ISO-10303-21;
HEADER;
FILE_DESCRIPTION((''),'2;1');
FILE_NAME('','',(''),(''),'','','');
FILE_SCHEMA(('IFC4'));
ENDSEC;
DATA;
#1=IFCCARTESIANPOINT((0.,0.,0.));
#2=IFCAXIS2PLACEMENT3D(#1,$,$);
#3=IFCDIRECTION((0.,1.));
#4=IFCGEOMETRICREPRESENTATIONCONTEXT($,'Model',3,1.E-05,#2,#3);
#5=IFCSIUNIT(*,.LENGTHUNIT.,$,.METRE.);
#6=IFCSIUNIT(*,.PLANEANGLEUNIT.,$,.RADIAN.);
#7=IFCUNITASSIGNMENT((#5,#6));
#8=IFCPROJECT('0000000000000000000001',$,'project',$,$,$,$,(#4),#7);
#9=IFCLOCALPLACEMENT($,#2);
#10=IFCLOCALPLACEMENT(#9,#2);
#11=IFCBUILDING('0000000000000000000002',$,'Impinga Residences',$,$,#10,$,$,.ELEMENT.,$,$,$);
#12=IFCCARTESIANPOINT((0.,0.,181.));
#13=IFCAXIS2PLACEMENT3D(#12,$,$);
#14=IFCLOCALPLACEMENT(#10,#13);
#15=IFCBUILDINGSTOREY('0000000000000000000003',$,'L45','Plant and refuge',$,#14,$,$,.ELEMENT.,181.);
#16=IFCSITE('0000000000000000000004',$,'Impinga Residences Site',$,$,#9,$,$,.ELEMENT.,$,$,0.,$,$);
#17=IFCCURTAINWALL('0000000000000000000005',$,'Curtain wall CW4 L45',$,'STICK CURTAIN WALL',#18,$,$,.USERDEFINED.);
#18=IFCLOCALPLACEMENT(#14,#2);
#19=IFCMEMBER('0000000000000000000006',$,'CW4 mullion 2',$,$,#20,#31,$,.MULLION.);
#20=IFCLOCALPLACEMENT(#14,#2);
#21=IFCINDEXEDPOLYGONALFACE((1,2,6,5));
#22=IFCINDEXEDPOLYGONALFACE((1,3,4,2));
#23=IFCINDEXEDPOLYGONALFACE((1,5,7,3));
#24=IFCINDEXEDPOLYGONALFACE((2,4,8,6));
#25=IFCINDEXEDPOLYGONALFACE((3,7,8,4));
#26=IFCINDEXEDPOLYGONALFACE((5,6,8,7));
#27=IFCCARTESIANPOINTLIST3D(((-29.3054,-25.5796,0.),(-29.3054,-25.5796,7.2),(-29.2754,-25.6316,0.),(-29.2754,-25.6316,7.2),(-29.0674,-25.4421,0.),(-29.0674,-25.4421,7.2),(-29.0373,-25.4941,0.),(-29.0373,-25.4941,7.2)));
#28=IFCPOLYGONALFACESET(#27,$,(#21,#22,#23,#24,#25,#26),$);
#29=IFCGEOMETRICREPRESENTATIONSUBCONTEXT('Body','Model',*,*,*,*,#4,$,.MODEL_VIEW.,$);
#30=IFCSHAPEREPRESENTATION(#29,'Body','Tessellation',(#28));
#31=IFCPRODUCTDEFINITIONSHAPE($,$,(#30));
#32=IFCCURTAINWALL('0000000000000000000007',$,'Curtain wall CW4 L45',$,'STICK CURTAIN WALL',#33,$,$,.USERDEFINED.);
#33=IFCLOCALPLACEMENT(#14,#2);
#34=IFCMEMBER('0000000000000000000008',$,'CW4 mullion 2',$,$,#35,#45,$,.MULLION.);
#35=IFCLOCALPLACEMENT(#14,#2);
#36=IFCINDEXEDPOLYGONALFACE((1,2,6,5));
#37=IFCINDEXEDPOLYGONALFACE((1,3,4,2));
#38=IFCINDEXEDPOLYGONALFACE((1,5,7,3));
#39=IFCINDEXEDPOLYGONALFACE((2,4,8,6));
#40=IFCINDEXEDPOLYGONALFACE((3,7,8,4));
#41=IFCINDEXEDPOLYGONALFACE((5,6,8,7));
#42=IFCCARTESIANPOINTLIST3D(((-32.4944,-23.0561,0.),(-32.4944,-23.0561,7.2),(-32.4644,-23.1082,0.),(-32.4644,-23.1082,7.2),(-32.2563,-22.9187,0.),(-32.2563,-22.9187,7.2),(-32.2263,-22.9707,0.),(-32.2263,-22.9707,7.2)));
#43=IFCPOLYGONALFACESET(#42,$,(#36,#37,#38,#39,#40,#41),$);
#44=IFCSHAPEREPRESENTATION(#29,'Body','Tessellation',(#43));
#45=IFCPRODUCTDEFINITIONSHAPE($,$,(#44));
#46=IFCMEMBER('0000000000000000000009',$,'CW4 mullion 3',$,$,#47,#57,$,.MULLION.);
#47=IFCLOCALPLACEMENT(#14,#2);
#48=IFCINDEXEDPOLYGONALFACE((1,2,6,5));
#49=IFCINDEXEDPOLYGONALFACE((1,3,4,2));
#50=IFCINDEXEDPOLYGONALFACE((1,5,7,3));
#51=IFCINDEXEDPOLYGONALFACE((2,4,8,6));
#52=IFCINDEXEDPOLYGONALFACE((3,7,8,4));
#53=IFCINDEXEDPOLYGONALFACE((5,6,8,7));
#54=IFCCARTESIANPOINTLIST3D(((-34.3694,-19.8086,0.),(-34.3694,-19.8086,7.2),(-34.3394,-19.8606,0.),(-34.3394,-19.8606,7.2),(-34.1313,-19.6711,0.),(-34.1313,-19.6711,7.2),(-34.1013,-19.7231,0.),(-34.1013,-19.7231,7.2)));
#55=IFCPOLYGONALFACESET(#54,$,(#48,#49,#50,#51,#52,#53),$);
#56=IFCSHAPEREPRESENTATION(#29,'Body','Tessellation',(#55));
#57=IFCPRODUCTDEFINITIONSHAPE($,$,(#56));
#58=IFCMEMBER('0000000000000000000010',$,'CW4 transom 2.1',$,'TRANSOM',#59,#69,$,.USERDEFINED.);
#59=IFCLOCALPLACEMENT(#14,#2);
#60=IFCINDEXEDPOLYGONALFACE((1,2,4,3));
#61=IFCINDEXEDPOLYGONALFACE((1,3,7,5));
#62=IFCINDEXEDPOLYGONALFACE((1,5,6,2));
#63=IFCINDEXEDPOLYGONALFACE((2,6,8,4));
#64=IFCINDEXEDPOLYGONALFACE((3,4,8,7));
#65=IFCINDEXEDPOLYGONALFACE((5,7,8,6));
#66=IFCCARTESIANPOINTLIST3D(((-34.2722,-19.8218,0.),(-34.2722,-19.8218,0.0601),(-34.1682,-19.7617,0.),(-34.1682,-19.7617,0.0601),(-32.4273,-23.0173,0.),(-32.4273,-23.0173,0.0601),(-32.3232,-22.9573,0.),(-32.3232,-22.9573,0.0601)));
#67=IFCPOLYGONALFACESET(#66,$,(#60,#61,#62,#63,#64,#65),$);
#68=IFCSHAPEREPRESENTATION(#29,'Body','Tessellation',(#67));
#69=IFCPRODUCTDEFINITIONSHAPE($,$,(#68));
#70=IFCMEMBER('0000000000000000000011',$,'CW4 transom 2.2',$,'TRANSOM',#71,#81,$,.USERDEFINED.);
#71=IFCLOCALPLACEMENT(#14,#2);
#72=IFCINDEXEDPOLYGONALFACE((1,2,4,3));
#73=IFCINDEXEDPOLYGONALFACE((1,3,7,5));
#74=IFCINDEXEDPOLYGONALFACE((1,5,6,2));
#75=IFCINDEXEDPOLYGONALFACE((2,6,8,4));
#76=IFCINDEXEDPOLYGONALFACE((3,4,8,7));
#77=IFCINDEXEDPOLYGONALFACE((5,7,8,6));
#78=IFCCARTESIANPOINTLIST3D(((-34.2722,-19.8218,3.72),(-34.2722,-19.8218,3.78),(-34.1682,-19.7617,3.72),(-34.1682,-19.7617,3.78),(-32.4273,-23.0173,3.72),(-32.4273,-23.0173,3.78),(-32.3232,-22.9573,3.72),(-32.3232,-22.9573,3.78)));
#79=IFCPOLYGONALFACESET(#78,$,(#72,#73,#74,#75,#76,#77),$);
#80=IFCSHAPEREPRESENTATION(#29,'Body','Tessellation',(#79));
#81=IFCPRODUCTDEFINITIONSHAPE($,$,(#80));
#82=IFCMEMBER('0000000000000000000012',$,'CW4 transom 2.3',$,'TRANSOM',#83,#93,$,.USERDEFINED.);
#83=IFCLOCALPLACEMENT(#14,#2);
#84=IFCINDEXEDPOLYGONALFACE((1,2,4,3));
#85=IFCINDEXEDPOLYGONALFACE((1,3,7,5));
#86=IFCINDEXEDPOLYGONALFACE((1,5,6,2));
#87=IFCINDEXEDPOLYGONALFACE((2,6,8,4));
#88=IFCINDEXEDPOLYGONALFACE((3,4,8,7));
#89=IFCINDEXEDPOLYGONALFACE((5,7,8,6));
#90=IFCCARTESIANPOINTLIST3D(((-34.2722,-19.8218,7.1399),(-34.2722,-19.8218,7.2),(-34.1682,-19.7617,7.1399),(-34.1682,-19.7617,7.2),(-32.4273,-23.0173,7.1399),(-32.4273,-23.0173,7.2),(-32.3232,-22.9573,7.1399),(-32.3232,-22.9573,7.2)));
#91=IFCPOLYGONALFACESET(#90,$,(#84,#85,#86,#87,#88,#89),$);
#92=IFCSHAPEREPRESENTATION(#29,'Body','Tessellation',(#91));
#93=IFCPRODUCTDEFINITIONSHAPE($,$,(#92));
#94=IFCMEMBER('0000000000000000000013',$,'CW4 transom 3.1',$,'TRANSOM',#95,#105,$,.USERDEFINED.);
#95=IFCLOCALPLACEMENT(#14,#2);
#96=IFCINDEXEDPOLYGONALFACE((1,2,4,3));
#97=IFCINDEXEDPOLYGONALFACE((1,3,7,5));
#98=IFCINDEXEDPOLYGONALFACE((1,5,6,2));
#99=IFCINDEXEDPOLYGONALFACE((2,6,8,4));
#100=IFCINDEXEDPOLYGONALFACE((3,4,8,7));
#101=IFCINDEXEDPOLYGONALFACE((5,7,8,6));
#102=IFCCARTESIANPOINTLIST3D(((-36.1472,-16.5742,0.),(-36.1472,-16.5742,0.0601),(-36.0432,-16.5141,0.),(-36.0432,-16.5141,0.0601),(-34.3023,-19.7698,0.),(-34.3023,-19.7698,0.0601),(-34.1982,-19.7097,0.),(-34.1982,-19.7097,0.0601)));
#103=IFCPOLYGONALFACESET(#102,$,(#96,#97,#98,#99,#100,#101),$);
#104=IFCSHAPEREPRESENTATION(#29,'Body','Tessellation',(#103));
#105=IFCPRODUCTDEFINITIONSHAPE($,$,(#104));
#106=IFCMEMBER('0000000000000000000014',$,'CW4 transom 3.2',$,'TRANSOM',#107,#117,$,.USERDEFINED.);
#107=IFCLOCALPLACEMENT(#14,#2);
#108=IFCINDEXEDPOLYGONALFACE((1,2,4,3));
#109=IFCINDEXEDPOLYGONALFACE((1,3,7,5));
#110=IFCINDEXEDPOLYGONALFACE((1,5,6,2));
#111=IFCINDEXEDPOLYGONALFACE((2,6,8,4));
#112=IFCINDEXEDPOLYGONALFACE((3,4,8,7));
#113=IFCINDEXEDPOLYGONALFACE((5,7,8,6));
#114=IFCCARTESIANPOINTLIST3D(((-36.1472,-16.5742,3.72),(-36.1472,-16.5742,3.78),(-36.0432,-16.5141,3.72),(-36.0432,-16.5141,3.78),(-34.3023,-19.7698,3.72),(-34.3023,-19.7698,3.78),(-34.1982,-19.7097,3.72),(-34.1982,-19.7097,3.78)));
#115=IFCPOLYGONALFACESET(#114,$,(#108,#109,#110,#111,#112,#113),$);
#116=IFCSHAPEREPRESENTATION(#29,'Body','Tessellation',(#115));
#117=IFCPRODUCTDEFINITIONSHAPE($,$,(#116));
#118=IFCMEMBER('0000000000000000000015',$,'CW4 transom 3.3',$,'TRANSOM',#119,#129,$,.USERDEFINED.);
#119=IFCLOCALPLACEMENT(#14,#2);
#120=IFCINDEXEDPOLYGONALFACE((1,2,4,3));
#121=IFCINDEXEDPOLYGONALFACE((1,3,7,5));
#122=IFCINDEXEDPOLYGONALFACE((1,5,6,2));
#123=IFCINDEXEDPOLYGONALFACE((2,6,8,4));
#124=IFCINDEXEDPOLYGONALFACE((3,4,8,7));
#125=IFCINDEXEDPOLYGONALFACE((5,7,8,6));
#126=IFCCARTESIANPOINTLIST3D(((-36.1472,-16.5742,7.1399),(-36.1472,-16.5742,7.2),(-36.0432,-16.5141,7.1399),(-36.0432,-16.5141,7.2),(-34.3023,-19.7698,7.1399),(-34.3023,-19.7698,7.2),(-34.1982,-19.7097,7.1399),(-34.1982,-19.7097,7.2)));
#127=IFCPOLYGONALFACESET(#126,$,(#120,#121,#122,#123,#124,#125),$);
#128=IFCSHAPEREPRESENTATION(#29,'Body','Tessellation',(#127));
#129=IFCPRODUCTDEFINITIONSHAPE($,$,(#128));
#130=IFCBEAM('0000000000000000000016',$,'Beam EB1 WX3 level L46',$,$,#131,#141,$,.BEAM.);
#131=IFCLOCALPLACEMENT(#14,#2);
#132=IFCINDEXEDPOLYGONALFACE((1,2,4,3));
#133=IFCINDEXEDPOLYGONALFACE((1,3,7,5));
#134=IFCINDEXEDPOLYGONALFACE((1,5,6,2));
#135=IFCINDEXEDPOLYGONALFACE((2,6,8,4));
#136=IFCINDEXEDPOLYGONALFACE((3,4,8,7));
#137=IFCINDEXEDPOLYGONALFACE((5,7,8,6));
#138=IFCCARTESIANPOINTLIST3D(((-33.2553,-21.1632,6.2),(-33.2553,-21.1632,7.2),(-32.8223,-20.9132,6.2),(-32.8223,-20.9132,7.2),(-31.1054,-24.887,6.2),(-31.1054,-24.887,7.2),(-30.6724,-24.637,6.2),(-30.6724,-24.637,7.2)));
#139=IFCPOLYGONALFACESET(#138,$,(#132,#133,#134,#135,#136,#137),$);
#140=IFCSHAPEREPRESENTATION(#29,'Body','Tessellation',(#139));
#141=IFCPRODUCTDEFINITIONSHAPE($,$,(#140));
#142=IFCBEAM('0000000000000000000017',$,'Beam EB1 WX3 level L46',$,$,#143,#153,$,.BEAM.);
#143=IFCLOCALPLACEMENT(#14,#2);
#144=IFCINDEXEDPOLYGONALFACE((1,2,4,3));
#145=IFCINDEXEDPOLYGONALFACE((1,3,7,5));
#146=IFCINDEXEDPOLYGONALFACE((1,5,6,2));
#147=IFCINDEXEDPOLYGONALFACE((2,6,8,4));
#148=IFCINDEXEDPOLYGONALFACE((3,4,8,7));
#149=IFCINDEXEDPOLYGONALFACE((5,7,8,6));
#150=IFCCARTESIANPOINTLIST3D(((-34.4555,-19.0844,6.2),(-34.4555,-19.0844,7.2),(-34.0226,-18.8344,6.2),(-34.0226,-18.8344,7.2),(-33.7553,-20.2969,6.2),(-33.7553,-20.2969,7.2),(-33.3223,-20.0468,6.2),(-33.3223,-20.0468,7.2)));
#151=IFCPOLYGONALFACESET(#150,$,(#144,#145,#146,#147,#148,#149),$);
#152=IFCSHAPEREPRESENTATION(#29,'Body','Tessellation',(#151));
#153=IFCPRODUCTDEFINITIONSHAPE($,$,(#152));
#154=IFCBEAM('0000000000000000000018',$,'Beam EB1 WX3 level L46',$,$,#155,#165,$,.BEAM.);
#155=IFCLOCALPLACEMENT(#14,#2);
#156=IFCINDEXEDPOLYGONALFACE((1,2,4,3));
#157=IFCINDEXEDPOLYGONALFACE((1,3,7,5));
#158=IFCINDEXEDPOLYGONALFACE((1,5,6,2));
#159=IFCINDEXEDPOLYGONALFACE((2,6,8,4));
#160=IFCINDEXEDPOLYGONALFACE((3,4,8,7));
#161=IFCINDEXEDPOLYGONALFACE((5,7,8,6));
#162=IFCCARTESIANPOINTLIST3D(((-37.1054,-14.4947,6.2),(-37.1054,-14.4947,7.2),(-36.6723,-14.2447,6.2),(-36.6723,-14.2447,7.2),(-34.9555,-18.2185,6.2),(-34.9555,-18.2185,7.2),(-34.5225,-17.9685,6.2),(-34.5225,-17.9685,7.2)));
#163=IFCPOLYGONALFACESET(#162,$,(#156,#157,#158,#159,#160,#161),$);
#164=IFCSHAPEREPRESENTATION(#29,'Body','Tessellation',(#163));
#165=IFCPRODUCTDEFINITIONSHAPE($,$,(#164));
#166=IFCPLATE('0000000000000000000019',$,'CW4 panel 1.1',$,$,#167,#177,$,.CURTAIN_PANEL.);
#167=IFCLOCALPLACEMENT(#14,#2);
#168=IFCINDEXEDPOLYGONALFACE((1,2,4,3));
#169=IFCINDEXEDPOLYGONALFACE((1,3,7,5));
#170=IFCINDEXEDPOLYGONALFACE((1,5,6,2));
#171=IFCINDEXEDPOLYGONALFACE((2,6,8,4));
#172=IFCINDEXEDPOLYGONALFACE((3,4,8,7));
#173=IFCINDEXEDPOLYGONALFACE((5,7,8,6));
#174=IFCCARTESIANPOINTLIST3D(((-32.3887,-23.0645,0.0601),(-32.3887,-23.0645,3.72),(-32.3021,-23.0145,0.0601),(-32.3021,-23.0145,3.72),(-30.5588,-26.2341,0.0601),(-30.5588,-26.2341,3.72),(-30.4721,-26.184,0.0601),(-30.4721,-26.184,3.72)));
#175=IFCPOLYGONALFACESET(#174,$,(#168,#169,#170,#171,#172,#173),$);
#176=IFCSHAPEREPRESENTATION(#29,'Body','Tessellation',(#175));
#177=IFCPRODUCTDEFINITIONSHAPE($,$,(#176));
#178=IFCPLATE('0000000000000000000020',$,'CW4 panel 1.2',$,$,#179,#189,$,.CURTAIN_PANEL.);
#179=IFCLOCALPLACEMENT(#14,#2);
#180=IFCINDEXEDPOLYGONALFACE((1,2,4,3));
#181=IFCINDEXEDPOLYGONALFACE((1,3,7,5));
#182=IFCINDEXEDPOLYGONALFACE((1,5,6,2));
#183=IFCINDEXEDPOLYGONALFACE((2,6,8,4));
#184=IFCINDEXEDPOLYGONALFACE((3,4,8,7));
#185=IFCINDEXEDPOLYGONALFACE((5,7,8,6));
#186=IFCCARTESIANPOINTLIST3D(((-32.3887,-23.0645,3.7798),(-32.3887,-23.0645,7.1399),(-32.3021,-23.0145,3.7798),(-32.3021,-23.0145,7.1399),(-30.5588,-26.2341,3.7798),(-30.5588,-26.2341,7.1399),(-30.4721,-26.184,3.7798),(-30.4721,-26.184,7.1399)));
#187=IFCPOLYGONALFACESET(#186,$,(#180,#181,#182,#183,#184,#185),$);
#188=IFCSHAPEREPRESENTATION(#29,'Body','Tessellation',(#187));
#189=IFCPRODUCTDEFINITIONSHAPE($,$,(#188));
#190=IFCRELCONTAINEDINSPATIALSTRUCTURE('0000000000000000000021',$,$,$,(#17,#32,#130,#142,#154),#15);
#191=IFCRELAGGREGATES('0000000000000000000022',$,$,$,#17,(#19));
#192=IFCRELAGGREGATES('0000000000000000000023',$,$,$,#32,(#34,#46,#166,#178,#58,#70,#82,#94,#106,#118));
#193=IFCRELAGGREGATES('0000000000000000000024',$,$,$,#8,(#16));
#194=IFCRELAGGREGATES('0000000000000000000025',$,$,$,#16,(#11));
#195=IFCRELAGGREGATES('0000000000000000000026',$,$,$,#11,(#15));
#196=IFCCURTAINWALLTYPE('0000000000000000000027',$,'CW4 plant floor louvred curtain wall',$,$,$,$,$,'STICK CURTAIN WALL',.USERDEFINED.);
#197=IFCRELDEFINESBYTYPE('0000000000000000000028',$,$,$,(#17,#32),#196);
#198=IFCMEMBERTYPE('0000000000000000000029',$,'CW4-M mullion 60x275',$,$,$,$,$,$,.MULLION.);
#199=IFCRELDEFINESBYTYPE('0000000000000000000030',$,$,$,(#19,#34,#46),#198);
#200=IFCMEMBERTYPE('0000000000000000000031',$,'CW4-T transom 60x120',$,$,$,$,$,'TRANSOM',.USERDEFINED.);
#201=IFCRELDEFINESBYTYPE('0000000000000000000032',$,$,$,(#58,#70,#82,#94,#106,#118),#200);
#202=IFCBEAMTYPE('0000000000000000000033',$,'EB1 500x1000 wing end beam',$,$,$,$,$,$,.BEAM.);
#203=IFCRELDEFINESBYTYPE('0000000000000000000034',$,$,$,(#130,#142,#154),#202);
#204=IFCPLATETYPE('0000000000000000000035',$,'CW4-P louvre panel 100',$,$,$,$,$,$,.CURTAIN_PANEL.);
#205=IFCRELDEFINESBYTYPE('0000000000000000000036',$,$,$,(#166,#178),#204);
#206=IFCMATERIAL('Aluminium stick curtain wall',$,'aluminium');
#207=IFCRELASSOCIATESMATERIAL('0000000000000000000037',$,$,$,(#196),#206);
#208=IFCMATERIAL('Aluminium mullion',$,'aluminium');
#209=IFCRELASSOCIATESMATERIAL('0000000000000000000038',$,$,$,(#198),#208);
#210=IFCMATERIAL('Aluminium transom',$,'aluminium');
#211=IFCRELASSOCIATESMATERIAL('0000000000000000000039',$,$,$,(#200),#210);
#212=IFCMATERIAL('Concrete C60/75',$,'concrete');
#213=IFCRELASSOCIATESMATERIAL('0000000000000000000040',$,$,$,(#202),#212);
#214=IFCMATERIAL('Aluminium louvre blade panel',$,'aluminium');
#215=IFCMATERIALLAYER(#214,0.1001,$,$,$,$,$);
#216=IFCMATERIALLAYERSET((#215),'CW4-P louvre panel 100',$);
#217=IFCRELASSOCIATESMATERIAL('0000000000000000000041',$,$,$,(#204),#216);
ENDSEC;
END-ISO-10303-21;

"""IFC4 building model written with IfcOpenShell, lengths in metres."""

from ifc_helpers import new_model, si_unit, direction, frame, origin, origin_2d, place, context, subcontext, project, spatial, rectangle, extrude, material, layer, layer_set, material_profile, profile_set, type_object, element, aggregate, save


model = new_model("IFC4")

# Units and contexts
model_context = context("Model", 3, precision=1e-05, world=origin(), true_north=direction((0.0, 1.0)))
body_context = subcontext(model_context, "Body", "Model", "MODEL_VIEW")
ifc_project = project(units=[si_unit("LENGTHUNIT", "METRE"), si_unit("PLANEANGLEUNIT", "RADIAN")], contexts=[model_context])

# Site, building, storey
site_placement = place(None, origin())
site = spatial("IfcSite", under=ifc_project, at=site_placement, Name="Impinga Residences Site", CompositionType="ELEMENT", RefElevation=0.0)
building_placement = place(site_placement, origin())
building = spatial("IfcBuilding", under=site, at=building_placement, Name="Impinga Residences", CompositionType="ELEMENT")
storey_placement = place(building_placement, frame((0.0, 0.0, 181.0)))
storey = spatial("IfcBuildingStorey", under=building, at=storey_placement, Name="L45", Description="Plant and refuge", CompositionType="ELEMENT", Elevation=181.0)

# Curtain wall, member
ifc_material_1 = material(Name="Aluminium stick curtain wall", Category="aluminium")
curtain_wall_type = type_object("IfcCurtainWallType", Name="CW4 plant floor louvred curtain wall", ElementType="STICK CURTAIN WALL", PredefinedType="USERDEFINED", material=ifc_material_1)
curtain_wall_1_placement = place(storey_placement, origin())
curtain_wall_1 = element("IfcCurtainWall", 1, at=curtain_wall_1_placement, inside=storey, type_object=curtain_wall_type, Name="Curtain wall CW4 L45", ObjectType="STICK CURTAIN WALL", PredefinedType="USERDEFINED")
ifc_material_2 = material(Name="Aluminium mullion", Category="aluminium")
ifc_material_profile_1 = material_profile(ifc_material_2, rectangle(XDim=0.0601, YDim=0.2749, at=origin_2d()), Name="60x275 mullion")
ifc_profile_set_1 = profile_set([ifc_material_profile_1], Name="Aluminium mullion")
member_type_1 = type_object("IfcMemberType", Name="CW4-M mullion 60x275", PredefinedType="MULLION", material=ifc_profile_set_1)
member_1_placement = place(storey_placement, frame((-29.1714, -25.5369, 0.0), z_axis=(0.0, 0.0, 1.0), x_axis=(-0.5, 0.866025, 0.0)))
member_1 = element("IfcMember", 2, at=member_1_placement, type_object=member_type_1, Name="CW4 mullion 2", PredefinedType="MULLION", context=body_context, shape_type="SweptSolid", body=[
    extrude(rectangle(XDim=0.0601, YDim=0.2749, at=origin_2d()), origin(), (0.0, 0.0, 1.0), 7.2),
])
aggregate(curtain_wall_1, [member_1])

# Curtain wall, members
curtain_wall_2_placement = place(storey_placement, origin())
curtain_wall_2 = element("IfcCurtainWall", 3, at=curtain_wall_2_placement, inside=storey, type_object=curtain_wall_type, Name="Curtain wall CW4 L45", ObjectType="STICK CURTAIN WALL", PredefinedType="USERDEFINED")
member_2_placement = place(storey_placement, frame((-32.3604, -23.0134, 0.0), z_axis=(0.0, 0.0, 1.0), x_axis=(-0.5, 0.866025, 0.0)))
member_2 = element("IfcMember", 4, at=member_2_placement, type_object=member_type_1, Name="CW4 mullion 2", PredefinedType="MULLION", context=body_context, shape_type="SweptSolid", body=[
    extrude(rectangle(XDim=0.0601, YDim=0.2749, at=origin_2d()), origin(), (0.0, 0.0, 1.0), 7.2),
])
member_3_placement = place(storey_placement, frame((-34.2354, -19.7659, 0.0), z_axis=(0.0, 0.0, 1.0), x_axis=(-0.5, 0.866025, 0.0)))
member_3 = element("IfcMember", 5, at=member_3_placement, type_object=member_type_1, Name="CW4 mullion 3", PredefinedType="MULLION", context=body_context, shape_type="SweptSolid", body=[
    extrude(rectangle(XDim=0.0601, YDim=0.2749, at=origin_2d()), origin(), (0.0, 0.0, 1.0), 7.2),
])
ifc_material_3 = material(Name="Aluminium transom", Category="aluminium")
ifc_material_profile_2 = material_profile(ifc_material_3, rectangle(XDim=0.0601, YDim=0.1201, at=origin_2d()), Name="60x120 transom")
ifc_profile_set_2 = profile_set([ifc_material_profile_2], Name="Aluminium transom")
member_type_2 = type_object("IfcMemberType", Name="CW4-T transom 60x120", ElementType="TRANSOM", PredefinedType="USERDEFINED", material=ifc_profile_set_2)
member_4_placement = place(storey_placement, frame((-32.3752, -22.9873, 0.03), z_axis=(-0.500003, 0.866024, 0.0), x_axis=(0.0, 0.0, 1.0)))
member_4 = element("IfcMember", 6, at=member_4_placement, type_object=member_type_2, Name="CW4 transom 2.1", ObjectType="TRANSOM", PredefinedType="USERDEFINED", context=body_context, shape_type="SweptSolid", body=[
    extrude(rectangle(XDim=0.0601, YDim=0.1201, at=origin_2d()), origin(), (0.0, 0.0, 1.0), 3.6899),
])
member_5_placement = place(storey_placement, frame((-32.3752, -22.9873, 3.75), z_axis=(-0.500003, 0.866024, 0.0), x_axis=(0.0, 0.0, 1.0)))
member_5 = element("IfcMember", 7, at=member_5_placement, type_object=member_type_2, Name="CW4 transom 2.2", ObjectType="TRANSOM", PredefinedType="USERDEFINED", context=body_context, shape_type="SweptSolid", body=[
    extrude(rectangle(XDim=0.0601, YDim=0.1201, at=origin_2d()), origin(), (0.0, 0.0, 1.0), 3.6899),
])
member_6_placement = place(storey_placement, frame((-32.3752, -22.9873, 7.1699), z_axis=(-0.500003, 0.866024, 0.0), x_axis=(0.0, 0.0, 1.0)))
member_6 = element("IfcMember", 8, at=member_6_placement, type_object=member_type_2, Name="CW4 transom 2.3", ObjectType="TRANSOM", PredefinedType="USERDEFINED", context=body_context, shape_type="SweptSolid", body=[
    extrude(rectangle(XDim=0.0601, YDim=0.1201, at=origin_2d()), origin(), (0.0, 0.0, 1.0), 3.6899),
])
member_7_placement = place(storey_placement, frame((-34.2502, -19.7397, 0.03), z_axis=(-0.500003, 0.866024, 0.0), x_axis=(0.0, 0.0, 1.0)))
member_7 = element("IfcMember", 9, at=member_7_placement, type_object=member_type_2, Name="CW4 transom 3.1", ObjectType="TRANSOM", PredefinedType="USERDEFINED", context=body_context, shape_type="SweptSolid", body=[
    extrude(rectangle(XDim=0.0601, YDim=0.1201, at=origin_2d()), origin(), (0.0, 0.0, 1.0), 3.6899),
])
member_8_placement = place(storey_placement, frame((-34.2502, -19.7397, 3.75), z_axis=(-0.500003, 0.866024, 0.0), x_axis=(0.0, 0.0, 1.0)))
member_8 = element("IfcMember", 10, at=member_8_placement, type_object=member_type_2, Name="CW4 transom 3.2", ObjectType="TRANSOM", PredefinedType="USERDEFINED", context=body_context, shape_type="SweptSolid", body=[
    extrude(rectangle(XDim=0.0601, YDim=0.1201, at=origin_2d()), origin(), (0.0, 0.0, 1.0), 3.6899),
])
member_9_placement = place(storey_placement, frame((-34.2502, -19.7397, 7.1699), z_axis=(-0.500003, 0.866024, 0.0), x_axis=(0.0, 0.0, 1.0)))
member_9 = element("IfcMember", 11, at=member_9_placement, type_object=member_type_2, Name="CW4 transom 3.3", ObjectType="TRANSOM", PredefinedType="USERDEFINED", context=body_context, shape_type="SweptSolid", body=[
    extrude(rectangle(XDim=0.0601, YDim=0.1201, at=origin_2d()), origin(), (0.0, 0.0, 1.0), 3.6899),
])

# Beams
ifc_material_4 = material(Name="Concrete C60/75", Category="concrete")
ifc_material_profile_3 = material_profile(ifc_material_4, rectangle(XDim=0.5, YDim=1.0, at=origin_2d()), Name="RC 500x1000")
ifc_profile_set_3 = profile_set([ifc_material_profile_3], Name="Concrete C60/75")
beam_type = type_object("IfcBeamType", Name="EB1 500x1000 wing end beam", PredefinedType="BEAM", material=ifc_profile_set_3)
beam_1_placement = place(storey_placement, frame((-30.8889, -24.762, 6.7), z_axis=(-0.499986, 0.866033, 0.0), x_axis=(-0.866033, -0.499986, 0.0)))
element("IfcBeam", 12, at=beam_1_placement, inside=storey, type_object=beam_type, Name="Beam EB1 WX3 level L46", PredefinedType="BEAM", context=body_context, shape_type="SweptSolid", body=[
    extrude(rectangle(XDim=0.5, YDim=1.0, at=origin_2d()), origin(), (0.0, 0.0, 1.0), 4.2998),
])
beam_2_placement = place(storey_placement, frame((-33.5388, -20.1719, 6.7), z_axis=(-0.500115, 0.865959, 0.0), x_axis=(-0.865959, -0.500115, 0.0)))
element("IfcBeam", 13, at=beam_2_placement, inside=storey, type_object=beam_type, Name="Beam EB1 WX3 level L46", PredefinedType="BEAM", context=body_context, shape_type="SweptSolid", body=[
    extrude(rectangle(XDim=0.5, YDim=1.0, at=origin_2d()), origin(), (0.0, 0.0, 1.0), 1.4001),
])
beam_3_placement = place(storey_placement, frame((-34.739, -18.0935, 6.7), z_axis=(-0.499986, 0.866033, 0.0), x_axis=(-0.866033, -0.499986, 0.0)))
element("IfcBeam", 14, at=beam_3_placement, inside=storey, type_object=beam_type, Name="Beam EB1 WX3 level L46", PredefinedType="BEAM", context=body_context, shape_type="SweptSolid", body=[
    extrude(rectangle(XDim=0.5, YDim=1.0, at=origin_2d()), origin(), (0.0, 0.0, 1.0), 4.2998),
])

# Plates
ifc_material_5 = material(Name="Aluminium louvre blade panel", Category="aluminium")
ifc_layer_1 = layer(ifc_material_5, 0.1001)
ifc_layer_set_1 = layer_set([ifc_layer_1], Name="CW4-P louvre panel 100")
plate_type = type_object("IfcPlateType", Name="CW4-P louvre panel 100", PredefinedType="CURTAIN_PANEL", material=ifc_layer_set_1)
plate_1_placement = place(storey_placement, frame((-31.4304, -24.6243, 0.0601), z_axis=(0.0, 0.0, 1.0), x_axis=(-0.5, 0.866025, 0.0)))
plate_1 = element("IfcPlate", 15, at=plate_1_placement, type_object=plate_type, Name="CW4 panel 1.1", PredefinedType="CURTAIN_PANEL", context=body_context, shape_type="SweptSolid", body=[
    extrude(rectangle(XDim=3.6599, YDim=0.1001, at=origin_2d()), origin(), (0.0, 0.0, 1.0), 3.6599),
])
plate_2_placement = place(storey_placement, frame((-31.4304, -24.6243, 3.7798), z_axis=(0.0, 0.0, 1.0), x_axis=(-0.5, 0.866025, 0.0)))
plate_2 = element("IfcPlate", 16, at=plate_2_placement, type_object=plate_type, Name="CW4 panel 1.2", PredefinedType="CURTAIN_PANEL", context=body_context, shape_type="SweptSolid", body=[
    extrude(rectangle(XDim=3.6599, YDim=0.1001, at=origin_2d()), origin(), (0.0, 0.0, 1.0), 3.3601),
])
aggregate(curtain_wall_2, [member_2, member_3, plate_1, plate_2, member_4, member_5, member_6, member_7, member_8, member_9])

save(model, "model.ifc")
